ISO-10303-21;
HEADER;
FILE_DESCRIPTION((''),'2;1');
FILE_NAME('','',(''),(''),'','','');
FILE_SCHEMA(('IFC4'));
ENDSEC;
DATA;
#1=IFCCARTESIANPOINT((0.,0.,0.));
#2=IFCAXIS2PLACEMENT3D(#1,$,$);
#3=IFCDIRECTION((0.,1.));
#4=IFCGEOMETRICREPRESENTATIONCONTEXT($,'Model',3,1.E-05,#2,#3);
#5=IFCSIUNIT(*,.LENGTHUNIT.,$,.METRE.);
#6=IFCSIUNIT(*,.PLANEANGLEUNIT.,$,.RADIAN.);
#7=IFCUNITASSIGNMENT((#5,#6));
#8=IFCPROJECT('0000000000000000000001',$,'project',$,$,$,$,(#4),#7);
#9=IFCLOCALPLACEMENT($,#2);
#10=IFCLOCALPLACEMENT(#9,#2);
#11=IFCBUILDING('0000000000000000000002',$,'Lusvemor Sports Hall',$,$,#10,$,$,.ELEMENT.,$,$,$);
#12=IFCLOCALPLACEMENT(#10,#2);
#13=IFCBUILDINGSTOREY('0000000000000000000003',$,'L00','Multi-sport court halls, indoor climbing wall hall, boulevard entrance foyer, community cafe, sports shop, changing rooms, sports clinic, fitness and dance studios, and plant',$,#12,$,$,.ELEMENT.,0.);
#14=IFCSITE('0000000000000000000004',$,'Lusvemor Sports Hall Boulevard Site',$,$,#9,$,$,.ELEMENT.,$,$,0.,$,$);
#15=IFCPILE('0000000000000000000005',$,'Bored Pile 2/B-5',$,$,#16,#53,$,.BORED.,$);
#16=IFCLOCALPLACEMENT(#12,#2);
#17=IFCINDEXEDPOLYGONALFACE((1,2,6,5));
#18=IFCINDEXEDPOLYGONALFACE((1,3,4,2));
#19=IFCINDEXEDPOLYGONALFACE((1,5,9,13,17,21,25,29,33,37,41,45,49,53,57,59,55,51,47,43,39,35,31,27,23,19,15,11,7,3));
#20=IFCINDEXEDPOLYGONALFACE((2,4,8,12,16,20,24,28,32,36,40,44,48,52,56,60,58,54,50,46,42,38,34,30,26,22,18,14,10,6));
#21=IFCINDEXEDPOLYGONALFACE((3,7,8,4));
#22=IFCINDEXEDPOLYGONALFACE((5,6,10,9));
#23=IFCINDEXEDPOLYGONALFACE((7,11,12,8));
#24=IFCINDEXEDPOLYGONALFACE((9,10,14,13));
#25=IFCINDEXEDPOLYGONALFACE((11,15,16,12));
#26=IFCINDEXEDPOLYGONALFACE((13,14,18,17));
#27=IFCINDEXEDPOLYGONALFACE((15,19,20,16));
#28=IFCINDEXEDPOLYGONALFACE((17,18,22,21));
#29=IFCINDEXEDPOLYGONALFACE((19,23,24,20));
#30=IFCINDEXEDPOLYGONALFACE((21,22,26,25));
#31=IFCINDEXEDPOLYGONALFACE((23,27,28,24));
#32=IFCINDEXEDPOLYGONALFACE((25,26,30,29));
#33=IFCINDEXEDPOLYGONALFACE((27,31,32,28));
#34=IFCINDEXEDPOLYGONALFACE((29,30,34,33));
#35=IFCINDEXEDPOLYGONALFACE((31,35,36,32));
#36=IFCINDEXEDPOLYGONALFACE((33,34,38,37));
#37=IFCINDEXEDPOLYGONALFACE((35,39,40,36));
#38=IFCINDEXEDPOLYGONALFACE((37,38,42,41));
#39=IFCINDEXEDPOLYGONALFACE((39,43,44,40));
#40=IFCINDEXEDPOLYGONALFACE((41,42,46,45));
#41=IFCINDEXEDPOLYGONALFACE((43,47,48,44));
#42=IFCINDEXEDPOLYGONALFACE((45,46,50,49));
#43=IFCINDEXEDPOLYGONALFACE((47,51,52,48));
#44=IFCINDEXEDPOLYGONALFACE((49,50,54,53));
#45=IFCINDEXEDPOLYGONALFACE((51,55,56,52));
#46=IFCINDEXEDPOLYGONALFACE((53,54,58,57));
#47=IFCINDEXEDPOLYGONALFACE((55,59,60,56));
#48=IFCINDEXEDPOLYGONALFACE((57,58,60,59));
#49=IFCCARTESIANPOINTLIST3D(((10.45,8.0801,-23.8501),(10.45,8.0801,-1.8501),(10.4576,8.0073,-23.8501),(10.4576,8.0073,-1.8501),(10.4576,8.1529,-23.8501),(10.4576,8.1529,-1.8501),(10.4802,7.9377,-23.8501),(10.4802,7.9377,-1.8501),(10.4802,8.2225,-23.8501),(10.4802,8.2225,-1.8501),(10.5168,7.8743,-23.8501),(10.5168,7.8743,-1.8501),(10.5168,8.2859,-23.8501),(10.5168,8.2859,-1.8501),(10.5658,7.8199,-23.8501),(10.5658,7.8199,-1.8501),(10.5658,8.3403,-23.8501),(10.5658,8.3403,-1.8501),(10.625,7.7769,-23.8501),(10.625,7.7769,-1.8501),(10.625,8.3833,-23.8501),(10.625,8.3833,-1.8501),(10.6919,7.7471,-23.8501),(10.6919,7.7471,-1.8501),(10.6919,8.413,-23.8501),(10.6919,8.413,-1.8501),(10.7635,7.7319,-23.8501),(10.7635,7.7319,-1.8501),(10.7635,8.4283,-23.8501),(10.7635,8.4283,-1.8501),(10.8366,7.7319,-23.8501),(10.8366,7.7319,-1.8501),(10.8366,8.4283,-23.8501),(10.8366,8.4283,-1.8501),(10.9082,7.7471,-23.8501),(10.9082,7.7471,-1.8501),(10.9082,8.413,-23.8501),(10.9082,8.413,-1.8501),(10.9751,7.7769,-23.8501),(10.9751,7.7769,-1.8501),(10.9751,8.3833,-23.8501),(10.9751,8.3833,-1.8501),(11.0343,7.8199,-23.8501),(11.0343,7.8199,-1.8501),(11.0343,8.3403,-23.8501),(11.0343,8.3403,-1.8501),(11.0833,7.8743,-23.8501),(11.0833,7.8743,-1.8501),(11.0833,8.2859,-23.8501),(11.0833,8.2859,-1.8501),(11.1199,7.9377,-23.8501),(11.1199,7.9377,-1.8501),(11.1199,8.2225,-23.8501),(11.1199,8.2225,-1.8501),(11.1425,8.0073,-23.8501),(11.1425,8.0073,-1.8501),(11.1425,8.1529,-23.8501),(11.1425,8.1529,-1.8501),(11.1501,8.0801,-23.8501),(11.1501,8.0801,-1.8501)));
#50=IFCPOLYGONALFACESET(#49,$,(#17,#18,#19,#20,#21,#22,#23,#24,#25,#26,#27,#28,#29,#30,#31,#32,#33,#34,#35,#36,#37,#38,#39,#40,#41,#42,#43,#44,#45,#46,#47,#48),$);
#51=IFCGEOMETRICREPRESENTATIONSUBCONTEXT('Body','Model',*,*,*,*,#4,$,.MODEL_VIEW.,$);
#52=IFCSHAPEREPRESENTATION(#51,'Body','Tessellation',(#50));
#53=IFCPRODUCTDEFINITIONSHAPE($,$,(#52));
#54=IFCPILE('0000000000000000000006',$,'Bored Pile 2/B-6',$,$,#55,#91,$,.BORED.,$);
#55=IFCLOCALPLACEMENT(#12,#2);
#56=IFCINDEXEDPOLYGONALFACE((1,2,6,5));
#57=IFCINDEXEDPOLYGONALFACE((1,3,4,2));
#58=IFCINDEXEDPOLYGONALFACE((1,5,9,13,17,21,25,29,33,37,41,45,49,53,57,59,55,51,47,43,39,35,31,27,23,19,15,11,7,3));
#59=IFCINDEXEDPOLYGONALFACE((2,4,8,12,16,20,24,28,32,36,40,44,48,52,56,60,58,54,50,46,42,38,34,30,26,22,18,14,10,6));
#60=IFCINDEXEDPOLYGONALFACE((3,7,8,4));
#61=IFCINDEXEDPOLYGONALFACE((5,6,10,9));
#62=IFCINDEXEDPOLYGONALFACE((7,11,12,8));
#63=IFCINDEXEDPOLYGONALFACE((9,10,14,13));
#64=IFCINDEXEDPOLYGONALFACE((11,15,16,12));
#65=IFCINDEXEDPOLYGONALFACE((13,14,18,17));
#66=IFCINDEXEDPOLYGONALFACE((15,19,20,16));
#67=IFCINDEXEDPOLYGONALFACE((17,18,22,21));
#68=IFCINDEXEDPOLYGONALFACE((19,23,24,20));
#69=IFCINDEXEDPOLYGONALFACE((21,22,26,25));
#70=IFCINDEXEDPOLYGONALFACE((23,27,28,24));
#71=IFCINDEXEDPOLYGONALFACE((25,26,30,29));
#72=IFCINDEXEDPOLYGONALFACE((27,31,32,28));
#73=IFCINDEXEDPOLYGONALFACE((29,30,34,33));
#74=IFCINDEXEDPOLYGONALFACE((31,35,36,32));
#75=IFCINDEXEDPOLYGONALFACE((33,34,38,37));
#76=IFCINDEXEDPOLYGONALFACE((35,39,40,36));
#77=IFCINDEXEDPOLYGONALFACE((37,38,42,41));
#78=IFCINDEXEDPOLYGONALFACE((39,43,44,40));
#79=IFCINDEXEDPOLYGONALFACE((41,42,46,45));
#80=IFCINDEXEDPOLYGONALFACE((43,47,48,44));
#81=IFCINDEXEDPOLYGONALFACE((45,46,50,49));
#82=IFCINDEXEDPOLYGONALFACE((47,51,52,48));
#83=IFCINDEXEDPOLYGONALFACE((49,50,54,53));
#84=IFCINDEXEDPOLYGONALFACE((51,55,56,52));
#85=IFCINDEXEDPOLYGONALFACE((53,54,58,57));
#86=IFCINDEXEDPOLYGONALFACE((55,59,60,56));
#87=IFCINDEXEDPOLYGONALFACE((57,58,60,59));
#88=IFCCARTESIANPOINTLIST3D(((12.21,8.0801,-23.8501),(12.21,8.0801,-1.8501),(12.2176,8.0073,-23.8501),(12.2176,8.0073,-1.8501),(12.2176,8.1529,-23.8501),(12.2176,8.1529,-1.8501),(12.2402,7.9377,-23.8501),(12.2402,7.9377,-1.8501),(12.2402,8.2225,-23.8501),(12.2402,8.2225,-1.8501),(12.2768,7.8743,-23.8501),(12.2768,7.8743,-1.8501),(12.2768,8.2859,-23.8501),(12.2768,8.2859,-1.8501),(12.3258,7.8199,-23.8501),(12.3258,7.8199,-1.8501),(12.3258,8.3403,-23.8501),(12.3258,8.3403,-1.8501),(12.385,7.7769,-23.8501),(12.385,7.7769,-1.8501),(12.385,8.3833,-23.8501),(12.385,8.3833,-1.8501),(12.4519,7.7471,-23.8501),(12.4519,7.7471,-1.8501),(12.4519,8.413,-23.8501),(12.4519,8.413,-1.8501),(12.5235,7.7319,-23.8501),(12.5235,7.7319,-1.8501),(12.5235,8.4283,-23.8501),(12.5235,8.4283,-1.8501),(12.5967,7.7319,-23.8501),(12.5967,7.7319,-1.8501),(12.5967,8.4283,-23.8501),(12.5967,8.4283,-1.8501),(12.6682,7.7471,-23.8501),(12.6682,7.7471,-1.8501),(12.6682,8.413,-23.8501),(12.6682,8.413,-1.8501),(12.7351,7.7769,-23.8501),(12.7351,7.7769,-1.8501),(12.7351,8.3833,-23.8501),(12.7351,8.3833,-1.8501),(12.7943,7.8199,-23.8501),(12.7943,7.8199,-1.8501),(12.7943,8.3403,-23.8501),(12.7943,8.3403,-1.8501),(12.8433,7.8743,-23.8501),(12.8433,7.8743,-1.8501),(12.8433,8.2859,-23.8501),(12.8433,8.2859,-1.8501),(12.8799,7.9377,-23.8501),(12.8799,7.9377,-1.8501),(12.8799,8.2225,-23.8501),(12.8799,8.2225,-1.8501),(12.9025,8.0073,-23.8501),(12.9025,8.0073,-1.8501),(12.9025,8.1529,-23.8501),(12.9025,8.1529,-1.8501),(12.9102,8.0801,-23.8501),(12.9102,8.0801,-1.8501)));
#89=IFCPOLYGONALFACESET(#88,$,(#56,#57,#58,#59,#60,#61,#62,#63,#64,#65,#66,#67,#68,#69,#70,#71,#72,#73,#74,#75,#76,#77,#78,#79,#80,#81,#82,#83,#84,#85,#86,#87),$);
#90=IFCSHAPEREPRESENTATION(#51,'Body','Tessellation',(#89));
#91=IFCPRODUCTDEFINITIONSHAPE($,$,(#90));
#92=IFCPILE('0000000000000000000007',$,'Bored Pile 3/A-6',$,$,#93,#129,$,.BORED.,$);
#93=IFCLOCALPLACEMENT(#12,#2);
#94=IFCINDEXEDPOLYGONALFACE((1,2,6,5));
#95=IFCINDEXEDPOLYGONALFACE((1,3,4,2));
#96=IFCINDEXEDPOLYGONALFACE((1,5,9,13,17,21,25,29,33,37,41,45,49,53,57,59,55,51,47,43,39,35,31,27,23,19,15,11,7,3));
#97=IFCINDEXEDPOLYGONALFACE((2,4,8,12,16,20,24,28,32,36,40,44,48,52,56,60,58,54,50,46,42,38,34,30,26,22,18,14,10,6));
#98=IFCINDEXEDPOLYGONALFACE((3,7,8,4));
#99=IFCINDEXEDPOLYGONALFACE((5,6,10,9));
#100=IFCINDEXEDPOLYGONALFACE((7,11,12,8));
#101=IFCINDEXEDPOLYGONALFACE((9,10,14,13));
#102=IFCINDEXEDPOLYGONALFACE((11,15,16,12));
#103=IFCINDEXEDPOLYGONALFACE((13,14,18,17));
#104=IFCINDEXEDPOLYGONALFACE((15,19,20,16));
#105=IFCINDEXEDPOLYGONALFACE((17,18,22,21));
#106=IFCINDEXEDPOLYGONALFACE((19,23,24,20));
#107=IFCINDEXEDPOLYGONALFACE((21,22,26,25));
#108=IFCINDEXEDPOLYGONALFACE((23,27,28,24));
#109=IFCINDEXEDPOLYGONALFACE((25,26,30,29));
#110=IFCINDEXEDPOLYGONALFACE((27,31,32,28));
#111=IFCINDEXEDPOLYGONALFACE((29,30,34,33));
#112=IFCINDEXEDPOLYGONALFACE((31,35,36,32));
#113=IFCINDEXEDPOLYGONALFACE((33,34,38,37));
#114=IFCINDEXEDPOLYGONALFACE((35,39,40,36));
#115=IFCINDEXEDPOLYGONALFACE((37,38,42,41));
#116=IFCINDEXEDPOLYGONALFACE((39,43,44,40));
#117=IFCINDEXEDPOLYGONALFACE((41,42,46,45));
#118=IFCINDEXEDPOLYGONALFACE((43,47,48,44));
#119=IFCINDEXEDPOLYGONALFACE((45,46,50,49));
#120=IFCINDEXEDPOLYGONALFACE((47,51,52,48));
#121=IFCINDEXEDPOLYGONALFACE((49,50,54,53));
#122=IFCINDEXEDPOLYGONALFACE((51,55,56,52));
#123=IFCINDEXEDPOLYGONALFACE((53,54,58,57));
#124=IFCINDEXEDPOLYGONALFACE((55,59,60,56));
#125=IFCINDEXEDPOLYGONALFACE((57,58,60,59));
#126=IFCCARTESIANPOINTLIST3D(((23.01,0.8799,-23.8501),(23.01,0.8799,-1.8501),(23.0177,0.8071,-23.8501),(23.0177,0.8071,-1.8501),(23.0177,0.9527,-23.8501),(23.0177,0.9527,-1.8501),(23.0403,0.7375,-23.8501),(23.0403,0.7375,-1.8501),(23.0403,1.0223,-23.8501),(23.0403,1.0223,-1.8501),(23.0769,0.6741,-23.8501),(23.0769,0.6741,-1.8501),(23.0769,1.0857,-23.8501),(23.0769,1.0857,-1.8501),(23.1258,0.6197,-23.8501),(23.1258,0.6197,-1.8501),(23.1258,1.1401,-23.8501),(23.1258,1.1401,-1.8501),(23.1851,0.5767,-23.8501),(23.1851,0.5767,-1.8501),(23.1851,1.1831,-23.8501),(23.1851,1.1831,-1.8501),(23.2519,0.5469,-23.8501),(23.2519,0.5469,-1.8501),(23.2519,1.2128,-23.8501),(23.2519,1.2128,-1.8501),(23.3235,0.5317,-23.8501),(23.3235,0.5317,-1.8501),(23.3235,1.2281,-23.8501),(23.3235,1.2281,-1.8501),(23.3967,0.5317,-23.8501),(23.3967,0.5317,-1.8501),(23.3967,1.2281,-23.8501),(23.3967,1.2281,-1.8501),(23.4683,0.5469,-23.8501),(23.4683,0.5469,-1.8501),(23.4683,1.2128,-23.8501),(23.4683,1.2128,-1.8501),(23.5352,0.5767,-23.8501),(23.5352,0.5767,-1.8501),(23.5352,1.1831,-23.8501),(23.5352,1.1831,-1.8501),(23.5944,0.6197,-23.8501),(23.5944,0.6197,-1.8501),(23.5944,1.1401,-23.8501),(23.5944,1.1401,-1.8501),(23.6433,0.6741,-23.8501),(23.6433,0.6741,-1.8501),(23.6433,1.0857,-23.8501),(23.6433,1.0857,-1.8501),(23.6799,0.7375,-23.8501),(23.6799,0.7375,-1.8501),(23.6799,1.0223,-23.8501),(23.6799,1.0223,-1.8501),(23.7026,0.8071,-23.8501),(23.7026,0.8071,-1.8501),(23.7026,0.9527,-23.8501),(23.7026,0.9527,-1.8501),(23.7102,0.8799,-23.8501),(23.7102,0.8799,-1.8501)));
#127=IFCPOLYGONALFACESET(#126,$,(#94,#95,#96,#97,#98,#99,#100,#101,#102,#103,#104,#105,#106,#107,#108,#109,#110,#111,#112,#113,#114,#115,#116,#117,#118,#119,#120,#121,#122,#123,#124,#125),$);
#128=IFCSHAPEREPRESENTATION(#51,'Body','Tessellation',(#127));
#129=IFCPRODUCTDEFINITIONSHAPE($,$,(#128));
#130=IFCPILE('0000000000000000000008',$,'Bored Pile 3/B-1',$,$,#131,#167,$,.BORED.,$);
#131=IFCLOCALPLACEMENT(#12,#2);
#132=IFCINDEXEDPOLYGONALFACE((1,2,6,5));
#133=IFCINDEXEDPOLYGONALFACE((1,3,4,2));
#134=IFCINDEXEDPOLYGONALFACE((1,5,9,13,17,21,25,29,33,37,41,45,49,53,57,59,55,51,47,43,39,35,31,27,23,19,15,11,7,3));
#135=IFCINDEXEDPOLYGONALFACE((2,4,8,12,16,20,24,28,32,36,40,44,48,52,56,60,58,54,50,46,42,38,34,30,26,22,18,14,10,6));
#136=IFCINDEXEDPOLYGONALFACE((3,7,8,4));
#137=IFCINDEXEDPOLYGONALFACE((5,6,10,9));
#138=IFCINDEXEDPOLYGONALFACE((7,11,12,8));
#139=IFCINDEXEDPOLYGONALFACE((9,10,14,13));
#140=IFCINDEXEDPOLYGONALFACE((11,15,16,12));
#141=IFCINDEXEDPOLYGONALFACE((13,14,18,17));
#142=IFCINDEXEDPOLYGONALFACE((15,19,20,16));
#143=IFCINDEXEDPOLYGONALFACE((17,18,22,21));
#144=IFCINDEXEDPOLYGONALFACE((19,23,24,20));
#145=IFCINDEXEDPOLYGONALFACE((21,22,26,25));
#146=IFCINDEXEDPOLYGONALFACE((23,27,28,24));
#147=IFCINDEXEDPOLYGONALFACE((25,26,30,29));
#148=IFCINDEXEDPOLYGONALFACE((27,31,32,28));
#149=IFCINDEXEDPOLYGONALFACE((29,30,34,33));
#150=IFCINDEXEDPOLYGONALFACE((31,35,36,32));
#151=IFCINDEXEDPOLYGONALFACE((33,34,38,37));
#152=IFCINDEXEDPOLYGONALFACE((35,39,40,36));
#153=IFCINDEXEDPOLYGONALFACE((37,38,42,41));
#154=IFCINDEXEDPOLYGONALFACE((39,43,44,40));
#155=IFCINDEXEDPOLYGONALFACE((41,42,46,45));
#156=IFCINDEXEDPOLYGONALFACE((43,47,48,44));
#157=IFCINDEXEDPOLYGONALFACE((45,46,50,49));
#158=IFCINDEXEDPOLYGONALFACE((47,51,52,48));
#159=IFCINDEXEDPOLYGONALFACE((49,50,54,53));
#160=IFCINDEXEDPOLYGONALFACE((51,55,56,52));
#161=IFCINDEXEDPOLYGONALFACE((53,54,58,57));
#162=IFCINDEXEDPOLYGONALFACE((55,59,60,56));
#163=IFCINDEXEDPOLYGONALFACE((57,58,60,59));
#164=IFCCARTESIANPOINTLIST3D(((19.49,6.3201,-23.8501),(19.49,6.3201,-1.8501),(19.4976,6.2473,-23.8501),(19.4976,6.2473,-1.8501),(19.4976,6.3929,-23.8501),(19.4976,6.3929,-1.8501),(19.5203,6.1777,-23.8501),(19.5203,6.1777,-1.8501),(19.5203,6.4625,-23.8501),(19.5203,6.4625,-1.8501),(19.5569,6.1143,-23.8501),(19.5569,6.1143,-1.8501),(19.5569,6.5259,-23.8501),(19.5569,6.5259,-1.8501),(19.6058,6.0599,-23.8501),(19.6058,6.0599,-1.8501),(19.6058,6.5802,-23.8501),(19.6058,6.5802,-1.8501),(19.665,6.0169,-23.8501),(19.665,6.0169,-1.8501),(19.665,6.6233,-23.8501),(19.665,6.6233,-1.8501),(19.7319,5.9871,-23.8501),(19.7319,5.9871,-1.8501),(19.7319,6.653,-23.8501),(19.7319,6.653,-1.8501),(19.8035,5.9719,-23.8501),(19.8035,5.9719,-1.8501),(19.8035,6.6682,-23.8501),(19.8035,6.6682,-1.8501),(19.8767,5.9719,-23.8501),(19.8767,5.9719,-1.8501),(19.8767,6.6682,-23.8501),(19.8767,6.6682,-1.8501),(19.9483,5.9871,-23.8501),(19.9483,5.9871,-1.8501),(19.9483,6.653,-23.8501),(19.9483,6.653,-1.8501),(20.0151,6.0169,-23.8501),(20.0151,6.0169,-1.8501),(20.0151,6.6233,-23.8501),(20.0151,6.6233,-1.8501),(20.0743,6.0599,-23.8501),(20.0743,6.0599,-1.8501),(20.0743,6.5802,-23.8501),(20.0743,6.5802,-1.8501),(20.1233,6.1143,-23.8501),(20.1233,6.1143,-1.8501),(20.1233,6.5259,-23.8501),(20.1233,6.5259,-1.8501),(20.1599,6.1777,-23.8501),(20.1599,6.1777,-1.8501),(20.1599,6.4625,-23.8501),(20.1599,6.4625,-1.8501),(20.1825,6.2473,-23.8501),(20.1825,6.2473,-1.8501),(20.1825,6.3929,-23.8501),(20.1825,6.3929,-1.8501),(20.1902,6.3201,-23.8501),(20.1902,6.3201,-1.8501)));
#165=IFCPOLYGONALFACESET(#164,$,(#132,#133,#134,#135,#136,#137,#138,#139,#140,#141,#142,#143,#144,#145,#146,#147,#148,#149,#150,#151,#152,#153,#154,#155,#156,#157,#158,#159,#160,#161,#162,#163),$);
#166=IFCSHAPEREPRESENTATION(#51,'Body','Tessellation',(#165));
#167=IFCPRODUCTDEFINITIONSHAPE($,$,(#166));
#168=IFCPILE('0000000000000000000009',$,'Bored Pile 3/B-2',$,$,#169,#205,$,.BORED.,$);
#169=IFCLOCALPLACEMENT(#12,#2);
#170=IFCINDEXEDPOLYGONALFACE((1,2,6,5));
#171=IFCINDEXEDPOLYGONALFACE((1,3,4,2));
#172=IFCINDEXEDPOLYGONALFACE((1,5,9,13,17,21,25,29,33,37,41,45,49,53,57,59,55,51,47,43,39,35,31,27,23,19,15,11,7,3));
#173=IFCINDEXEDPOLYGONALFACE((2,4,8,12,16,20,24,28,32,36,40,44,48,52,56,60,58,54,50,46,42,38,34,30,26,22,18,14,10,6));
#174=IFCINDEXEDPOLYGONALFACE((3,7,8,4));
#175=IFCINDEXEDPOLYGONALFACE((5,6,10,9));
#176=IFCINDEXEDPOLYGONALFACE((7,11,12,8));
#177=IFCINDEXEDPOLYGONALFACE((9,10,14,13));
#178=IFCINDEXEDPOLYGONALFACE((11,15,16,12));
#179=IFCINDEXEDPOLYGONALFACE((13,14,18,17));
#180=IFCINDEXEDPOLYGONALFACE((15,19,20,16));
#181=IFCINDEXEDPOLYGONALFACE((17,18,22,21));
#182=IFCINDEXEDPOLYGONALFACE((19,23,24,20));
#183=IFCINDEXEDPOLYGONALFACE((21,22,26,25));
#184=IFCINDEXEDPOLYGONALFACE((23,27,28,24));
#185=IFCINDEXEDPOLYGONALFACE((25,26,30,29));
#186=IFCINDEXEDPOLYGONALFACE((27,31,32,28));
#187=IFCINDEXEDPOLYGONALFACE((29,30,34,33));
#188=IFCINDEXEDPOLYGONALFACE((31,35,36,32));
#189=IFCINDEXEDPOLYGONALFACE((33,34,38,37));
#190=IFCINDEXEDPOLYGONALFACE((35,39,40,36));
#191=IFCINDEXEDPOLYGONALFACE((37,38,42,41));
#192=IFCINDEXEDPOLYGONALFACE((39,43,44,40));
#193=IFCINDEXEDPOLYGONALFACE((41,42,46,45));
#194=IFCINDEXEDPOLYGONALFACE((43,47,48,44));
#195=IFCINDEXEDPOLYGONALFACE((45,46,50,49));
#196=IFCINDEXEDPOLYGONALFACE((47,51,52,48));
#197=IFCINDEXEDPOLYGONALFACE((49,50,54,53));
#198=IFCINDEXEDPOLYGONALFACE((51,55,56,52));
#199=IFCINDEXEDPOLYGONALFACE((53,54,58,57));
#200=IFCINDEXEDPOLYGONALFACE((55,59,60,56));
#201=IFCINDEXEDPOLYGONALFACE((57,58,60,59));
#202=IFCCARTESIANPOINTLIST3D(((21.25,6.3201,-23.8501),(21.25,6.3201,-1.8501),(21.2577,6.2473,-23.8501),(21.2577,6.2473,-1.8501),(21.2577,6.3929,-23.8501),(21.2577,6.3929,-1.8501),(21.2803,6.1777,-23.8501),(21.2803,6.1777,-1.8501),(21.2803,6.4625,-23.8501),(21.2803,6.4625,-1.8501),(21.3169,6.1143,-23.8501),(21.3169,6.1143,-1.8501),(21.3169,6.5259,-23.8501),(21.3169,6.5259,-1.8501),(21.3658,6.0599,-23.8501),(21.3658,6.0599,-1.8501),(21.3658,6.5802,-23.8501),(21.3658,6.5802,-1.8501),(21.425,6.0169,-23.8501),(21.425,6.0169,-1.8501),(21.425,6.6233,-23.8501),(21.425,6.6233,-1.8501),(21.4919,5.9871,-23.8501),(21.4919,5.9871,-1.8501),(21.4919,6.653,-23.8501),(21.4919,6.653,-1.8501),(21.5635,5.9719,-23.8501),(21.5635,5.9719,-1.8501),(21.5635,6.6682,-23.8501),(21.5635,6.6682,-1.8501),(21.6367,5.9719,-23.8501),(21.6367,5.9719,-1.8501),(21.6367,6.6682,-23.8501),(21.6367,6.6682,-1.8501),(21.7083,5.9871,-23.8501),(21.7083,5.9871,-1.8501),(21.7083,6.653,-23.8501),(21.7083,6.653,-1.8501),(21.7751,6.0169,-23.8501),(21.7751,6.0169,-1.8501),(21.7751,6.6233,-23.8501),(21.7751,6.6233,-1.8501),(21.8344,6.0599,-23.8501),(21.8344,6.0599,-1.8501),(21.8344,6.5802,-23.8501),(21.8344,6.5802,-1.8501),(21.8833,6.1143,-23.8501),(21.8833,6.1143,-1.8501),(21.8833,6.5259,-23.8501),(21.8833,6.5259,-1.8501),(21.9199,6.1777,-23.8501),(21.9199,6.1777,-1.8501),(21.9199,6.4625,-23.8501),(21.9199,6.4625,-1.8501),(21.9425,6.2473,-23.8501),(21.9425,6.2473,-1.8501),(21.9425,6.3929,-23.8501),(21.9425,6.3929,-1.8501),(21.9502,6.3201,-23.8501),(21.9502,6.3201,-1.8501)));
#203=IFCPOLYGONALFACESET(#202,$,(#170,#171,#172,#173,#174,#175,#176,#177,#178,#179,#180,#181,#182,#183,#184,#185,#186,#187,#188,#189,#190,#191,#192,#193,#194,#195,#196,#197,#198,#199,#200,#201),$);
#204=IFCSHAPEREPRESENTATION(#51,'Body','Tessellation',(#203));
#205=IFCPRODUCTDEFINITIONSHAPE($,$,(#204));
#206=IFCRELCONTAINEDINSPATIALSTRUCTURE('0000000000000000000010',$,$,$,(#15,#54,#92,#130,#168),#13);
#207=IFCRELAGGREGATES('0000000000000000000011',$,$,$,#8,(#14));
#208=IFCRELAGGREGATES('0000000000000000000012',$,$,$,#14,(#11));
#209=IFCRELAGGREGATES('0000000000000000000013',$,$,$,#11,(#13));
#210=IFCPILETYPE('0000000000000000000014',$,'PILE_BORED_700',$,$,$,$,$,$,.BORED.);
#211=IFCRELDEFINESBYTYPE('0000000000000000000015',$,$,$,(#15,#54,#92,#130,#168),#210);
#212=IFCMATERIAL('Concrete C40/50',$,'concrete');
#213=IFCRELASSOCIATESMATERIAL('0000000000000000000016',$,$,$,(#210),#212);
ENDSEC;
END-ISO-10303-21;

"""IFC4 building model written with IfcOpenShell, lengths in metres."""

from ifc_helpers import new_model, si_unit, direction, frame, origin, origin_2d, place, context, subcontext, project, spatial, circle, extrude, material, material_profile, profile_set, type_object, element, save


model = new_model("IFC4")

# Units and contexts
model_context = context("Model", 3, precision=1e-05, world=origin(), true_north=direction((0.0, 1.0)))
body_context = subcontext(model_context, "Body", "Model", "MODEL_VIEW")
ifc_project = project(units=[si_unit("LENGTHUNIT", "METRE"), si_unit("PLANEANGLEUNIT", "RADIAN")], contexts=[model_context])

# Site, building, storey
site_placement = place(None, origin())
site = spatial("IfcSite", under=ifc_project, at=site_placement, Name="Lusvemor Sports Hall Boulevard Site", CompositionType="ELEMENT", RefElevation=0.0)
building_placement = place(site_placement, origin())
building = spatial("IfcBuilding", under=site, at=building_placement, Name="Lusvemor Sports Hall", CompositionType="ELEMENT")
storey_placement = place(building_placement, origin())
storey = spatial("IfcBuildingStorey", under=building, at=storey_placement, Name="L00", Description="Multi-sport court halls, indoor climbing wall hall, boulevard entrance foyer, community cafe, sports shop, changing rooms, sports clinic, fitness and dance studios, and plant", CompositionType="ELEMENT", Elevation=0.0)

# Piles
ifc_material_1 = material(Name="Concrete C40/50", Category="concrete")
ifc_material_profile_1 = material_profile(ifc_material_1, circle(Radius=0.3501, at=origin_2d()), Name="PILE700")
ifc_profile_set_1 = profile_set([ifc_material_profile_1], Name="Concrete C40/50")
pile_type = type_object("IfcPileType", Name="PILE_BORED_700", PredefinedType="BORED", material=ifc_profile_set_1)
for number, where, z_axis, x_axis, name in (
    (1, (10.8, 8.0801, -1.8501), (0.0, 0.0, -1.0), (1.0, 0.0, 0.0), "Bored Pile 2/B-5"),
    (2, (12.5601, 8.0801, -1.8501), (0.0, 0.0, -1.0), (1.0, 0.0, 0.0), "Bored Pile 2/B-6"),
    (3, (23.3601, 0.8799, -1.8501), (0.0, 0.0, -1.0), (1.0, 0.0, 0.0), "Bored Pile 3/A-6"),
    (4, (19.8401, 6.3201, -1.8501), (0.0, 0.0, -1.0), (1.0, 0.0, 0.0), "Bored Pile 3/B-1"),
    (5, (21.6001, 6.3201, -1.8501), (0.0, 0.0, -1.0), (1.0, 0.0, 0.0), "Bored Pile 3/B-2"),
):
    element("IfcPile", number, at=place(storey_placement, frame(where, z_axis=z_axis, x_axis=x_axis)), inside=storey, type_object=pile_type, Name=name, PredefinedType="BORED", context=body_context, shape_type="SweptSolid", body=[
        extrude(circle(Radius=0.3501, at=origin_2d()), origin(), (0.0, 0.0, 1.0), 22.0),
    ])

save(model, "model.ifc")
